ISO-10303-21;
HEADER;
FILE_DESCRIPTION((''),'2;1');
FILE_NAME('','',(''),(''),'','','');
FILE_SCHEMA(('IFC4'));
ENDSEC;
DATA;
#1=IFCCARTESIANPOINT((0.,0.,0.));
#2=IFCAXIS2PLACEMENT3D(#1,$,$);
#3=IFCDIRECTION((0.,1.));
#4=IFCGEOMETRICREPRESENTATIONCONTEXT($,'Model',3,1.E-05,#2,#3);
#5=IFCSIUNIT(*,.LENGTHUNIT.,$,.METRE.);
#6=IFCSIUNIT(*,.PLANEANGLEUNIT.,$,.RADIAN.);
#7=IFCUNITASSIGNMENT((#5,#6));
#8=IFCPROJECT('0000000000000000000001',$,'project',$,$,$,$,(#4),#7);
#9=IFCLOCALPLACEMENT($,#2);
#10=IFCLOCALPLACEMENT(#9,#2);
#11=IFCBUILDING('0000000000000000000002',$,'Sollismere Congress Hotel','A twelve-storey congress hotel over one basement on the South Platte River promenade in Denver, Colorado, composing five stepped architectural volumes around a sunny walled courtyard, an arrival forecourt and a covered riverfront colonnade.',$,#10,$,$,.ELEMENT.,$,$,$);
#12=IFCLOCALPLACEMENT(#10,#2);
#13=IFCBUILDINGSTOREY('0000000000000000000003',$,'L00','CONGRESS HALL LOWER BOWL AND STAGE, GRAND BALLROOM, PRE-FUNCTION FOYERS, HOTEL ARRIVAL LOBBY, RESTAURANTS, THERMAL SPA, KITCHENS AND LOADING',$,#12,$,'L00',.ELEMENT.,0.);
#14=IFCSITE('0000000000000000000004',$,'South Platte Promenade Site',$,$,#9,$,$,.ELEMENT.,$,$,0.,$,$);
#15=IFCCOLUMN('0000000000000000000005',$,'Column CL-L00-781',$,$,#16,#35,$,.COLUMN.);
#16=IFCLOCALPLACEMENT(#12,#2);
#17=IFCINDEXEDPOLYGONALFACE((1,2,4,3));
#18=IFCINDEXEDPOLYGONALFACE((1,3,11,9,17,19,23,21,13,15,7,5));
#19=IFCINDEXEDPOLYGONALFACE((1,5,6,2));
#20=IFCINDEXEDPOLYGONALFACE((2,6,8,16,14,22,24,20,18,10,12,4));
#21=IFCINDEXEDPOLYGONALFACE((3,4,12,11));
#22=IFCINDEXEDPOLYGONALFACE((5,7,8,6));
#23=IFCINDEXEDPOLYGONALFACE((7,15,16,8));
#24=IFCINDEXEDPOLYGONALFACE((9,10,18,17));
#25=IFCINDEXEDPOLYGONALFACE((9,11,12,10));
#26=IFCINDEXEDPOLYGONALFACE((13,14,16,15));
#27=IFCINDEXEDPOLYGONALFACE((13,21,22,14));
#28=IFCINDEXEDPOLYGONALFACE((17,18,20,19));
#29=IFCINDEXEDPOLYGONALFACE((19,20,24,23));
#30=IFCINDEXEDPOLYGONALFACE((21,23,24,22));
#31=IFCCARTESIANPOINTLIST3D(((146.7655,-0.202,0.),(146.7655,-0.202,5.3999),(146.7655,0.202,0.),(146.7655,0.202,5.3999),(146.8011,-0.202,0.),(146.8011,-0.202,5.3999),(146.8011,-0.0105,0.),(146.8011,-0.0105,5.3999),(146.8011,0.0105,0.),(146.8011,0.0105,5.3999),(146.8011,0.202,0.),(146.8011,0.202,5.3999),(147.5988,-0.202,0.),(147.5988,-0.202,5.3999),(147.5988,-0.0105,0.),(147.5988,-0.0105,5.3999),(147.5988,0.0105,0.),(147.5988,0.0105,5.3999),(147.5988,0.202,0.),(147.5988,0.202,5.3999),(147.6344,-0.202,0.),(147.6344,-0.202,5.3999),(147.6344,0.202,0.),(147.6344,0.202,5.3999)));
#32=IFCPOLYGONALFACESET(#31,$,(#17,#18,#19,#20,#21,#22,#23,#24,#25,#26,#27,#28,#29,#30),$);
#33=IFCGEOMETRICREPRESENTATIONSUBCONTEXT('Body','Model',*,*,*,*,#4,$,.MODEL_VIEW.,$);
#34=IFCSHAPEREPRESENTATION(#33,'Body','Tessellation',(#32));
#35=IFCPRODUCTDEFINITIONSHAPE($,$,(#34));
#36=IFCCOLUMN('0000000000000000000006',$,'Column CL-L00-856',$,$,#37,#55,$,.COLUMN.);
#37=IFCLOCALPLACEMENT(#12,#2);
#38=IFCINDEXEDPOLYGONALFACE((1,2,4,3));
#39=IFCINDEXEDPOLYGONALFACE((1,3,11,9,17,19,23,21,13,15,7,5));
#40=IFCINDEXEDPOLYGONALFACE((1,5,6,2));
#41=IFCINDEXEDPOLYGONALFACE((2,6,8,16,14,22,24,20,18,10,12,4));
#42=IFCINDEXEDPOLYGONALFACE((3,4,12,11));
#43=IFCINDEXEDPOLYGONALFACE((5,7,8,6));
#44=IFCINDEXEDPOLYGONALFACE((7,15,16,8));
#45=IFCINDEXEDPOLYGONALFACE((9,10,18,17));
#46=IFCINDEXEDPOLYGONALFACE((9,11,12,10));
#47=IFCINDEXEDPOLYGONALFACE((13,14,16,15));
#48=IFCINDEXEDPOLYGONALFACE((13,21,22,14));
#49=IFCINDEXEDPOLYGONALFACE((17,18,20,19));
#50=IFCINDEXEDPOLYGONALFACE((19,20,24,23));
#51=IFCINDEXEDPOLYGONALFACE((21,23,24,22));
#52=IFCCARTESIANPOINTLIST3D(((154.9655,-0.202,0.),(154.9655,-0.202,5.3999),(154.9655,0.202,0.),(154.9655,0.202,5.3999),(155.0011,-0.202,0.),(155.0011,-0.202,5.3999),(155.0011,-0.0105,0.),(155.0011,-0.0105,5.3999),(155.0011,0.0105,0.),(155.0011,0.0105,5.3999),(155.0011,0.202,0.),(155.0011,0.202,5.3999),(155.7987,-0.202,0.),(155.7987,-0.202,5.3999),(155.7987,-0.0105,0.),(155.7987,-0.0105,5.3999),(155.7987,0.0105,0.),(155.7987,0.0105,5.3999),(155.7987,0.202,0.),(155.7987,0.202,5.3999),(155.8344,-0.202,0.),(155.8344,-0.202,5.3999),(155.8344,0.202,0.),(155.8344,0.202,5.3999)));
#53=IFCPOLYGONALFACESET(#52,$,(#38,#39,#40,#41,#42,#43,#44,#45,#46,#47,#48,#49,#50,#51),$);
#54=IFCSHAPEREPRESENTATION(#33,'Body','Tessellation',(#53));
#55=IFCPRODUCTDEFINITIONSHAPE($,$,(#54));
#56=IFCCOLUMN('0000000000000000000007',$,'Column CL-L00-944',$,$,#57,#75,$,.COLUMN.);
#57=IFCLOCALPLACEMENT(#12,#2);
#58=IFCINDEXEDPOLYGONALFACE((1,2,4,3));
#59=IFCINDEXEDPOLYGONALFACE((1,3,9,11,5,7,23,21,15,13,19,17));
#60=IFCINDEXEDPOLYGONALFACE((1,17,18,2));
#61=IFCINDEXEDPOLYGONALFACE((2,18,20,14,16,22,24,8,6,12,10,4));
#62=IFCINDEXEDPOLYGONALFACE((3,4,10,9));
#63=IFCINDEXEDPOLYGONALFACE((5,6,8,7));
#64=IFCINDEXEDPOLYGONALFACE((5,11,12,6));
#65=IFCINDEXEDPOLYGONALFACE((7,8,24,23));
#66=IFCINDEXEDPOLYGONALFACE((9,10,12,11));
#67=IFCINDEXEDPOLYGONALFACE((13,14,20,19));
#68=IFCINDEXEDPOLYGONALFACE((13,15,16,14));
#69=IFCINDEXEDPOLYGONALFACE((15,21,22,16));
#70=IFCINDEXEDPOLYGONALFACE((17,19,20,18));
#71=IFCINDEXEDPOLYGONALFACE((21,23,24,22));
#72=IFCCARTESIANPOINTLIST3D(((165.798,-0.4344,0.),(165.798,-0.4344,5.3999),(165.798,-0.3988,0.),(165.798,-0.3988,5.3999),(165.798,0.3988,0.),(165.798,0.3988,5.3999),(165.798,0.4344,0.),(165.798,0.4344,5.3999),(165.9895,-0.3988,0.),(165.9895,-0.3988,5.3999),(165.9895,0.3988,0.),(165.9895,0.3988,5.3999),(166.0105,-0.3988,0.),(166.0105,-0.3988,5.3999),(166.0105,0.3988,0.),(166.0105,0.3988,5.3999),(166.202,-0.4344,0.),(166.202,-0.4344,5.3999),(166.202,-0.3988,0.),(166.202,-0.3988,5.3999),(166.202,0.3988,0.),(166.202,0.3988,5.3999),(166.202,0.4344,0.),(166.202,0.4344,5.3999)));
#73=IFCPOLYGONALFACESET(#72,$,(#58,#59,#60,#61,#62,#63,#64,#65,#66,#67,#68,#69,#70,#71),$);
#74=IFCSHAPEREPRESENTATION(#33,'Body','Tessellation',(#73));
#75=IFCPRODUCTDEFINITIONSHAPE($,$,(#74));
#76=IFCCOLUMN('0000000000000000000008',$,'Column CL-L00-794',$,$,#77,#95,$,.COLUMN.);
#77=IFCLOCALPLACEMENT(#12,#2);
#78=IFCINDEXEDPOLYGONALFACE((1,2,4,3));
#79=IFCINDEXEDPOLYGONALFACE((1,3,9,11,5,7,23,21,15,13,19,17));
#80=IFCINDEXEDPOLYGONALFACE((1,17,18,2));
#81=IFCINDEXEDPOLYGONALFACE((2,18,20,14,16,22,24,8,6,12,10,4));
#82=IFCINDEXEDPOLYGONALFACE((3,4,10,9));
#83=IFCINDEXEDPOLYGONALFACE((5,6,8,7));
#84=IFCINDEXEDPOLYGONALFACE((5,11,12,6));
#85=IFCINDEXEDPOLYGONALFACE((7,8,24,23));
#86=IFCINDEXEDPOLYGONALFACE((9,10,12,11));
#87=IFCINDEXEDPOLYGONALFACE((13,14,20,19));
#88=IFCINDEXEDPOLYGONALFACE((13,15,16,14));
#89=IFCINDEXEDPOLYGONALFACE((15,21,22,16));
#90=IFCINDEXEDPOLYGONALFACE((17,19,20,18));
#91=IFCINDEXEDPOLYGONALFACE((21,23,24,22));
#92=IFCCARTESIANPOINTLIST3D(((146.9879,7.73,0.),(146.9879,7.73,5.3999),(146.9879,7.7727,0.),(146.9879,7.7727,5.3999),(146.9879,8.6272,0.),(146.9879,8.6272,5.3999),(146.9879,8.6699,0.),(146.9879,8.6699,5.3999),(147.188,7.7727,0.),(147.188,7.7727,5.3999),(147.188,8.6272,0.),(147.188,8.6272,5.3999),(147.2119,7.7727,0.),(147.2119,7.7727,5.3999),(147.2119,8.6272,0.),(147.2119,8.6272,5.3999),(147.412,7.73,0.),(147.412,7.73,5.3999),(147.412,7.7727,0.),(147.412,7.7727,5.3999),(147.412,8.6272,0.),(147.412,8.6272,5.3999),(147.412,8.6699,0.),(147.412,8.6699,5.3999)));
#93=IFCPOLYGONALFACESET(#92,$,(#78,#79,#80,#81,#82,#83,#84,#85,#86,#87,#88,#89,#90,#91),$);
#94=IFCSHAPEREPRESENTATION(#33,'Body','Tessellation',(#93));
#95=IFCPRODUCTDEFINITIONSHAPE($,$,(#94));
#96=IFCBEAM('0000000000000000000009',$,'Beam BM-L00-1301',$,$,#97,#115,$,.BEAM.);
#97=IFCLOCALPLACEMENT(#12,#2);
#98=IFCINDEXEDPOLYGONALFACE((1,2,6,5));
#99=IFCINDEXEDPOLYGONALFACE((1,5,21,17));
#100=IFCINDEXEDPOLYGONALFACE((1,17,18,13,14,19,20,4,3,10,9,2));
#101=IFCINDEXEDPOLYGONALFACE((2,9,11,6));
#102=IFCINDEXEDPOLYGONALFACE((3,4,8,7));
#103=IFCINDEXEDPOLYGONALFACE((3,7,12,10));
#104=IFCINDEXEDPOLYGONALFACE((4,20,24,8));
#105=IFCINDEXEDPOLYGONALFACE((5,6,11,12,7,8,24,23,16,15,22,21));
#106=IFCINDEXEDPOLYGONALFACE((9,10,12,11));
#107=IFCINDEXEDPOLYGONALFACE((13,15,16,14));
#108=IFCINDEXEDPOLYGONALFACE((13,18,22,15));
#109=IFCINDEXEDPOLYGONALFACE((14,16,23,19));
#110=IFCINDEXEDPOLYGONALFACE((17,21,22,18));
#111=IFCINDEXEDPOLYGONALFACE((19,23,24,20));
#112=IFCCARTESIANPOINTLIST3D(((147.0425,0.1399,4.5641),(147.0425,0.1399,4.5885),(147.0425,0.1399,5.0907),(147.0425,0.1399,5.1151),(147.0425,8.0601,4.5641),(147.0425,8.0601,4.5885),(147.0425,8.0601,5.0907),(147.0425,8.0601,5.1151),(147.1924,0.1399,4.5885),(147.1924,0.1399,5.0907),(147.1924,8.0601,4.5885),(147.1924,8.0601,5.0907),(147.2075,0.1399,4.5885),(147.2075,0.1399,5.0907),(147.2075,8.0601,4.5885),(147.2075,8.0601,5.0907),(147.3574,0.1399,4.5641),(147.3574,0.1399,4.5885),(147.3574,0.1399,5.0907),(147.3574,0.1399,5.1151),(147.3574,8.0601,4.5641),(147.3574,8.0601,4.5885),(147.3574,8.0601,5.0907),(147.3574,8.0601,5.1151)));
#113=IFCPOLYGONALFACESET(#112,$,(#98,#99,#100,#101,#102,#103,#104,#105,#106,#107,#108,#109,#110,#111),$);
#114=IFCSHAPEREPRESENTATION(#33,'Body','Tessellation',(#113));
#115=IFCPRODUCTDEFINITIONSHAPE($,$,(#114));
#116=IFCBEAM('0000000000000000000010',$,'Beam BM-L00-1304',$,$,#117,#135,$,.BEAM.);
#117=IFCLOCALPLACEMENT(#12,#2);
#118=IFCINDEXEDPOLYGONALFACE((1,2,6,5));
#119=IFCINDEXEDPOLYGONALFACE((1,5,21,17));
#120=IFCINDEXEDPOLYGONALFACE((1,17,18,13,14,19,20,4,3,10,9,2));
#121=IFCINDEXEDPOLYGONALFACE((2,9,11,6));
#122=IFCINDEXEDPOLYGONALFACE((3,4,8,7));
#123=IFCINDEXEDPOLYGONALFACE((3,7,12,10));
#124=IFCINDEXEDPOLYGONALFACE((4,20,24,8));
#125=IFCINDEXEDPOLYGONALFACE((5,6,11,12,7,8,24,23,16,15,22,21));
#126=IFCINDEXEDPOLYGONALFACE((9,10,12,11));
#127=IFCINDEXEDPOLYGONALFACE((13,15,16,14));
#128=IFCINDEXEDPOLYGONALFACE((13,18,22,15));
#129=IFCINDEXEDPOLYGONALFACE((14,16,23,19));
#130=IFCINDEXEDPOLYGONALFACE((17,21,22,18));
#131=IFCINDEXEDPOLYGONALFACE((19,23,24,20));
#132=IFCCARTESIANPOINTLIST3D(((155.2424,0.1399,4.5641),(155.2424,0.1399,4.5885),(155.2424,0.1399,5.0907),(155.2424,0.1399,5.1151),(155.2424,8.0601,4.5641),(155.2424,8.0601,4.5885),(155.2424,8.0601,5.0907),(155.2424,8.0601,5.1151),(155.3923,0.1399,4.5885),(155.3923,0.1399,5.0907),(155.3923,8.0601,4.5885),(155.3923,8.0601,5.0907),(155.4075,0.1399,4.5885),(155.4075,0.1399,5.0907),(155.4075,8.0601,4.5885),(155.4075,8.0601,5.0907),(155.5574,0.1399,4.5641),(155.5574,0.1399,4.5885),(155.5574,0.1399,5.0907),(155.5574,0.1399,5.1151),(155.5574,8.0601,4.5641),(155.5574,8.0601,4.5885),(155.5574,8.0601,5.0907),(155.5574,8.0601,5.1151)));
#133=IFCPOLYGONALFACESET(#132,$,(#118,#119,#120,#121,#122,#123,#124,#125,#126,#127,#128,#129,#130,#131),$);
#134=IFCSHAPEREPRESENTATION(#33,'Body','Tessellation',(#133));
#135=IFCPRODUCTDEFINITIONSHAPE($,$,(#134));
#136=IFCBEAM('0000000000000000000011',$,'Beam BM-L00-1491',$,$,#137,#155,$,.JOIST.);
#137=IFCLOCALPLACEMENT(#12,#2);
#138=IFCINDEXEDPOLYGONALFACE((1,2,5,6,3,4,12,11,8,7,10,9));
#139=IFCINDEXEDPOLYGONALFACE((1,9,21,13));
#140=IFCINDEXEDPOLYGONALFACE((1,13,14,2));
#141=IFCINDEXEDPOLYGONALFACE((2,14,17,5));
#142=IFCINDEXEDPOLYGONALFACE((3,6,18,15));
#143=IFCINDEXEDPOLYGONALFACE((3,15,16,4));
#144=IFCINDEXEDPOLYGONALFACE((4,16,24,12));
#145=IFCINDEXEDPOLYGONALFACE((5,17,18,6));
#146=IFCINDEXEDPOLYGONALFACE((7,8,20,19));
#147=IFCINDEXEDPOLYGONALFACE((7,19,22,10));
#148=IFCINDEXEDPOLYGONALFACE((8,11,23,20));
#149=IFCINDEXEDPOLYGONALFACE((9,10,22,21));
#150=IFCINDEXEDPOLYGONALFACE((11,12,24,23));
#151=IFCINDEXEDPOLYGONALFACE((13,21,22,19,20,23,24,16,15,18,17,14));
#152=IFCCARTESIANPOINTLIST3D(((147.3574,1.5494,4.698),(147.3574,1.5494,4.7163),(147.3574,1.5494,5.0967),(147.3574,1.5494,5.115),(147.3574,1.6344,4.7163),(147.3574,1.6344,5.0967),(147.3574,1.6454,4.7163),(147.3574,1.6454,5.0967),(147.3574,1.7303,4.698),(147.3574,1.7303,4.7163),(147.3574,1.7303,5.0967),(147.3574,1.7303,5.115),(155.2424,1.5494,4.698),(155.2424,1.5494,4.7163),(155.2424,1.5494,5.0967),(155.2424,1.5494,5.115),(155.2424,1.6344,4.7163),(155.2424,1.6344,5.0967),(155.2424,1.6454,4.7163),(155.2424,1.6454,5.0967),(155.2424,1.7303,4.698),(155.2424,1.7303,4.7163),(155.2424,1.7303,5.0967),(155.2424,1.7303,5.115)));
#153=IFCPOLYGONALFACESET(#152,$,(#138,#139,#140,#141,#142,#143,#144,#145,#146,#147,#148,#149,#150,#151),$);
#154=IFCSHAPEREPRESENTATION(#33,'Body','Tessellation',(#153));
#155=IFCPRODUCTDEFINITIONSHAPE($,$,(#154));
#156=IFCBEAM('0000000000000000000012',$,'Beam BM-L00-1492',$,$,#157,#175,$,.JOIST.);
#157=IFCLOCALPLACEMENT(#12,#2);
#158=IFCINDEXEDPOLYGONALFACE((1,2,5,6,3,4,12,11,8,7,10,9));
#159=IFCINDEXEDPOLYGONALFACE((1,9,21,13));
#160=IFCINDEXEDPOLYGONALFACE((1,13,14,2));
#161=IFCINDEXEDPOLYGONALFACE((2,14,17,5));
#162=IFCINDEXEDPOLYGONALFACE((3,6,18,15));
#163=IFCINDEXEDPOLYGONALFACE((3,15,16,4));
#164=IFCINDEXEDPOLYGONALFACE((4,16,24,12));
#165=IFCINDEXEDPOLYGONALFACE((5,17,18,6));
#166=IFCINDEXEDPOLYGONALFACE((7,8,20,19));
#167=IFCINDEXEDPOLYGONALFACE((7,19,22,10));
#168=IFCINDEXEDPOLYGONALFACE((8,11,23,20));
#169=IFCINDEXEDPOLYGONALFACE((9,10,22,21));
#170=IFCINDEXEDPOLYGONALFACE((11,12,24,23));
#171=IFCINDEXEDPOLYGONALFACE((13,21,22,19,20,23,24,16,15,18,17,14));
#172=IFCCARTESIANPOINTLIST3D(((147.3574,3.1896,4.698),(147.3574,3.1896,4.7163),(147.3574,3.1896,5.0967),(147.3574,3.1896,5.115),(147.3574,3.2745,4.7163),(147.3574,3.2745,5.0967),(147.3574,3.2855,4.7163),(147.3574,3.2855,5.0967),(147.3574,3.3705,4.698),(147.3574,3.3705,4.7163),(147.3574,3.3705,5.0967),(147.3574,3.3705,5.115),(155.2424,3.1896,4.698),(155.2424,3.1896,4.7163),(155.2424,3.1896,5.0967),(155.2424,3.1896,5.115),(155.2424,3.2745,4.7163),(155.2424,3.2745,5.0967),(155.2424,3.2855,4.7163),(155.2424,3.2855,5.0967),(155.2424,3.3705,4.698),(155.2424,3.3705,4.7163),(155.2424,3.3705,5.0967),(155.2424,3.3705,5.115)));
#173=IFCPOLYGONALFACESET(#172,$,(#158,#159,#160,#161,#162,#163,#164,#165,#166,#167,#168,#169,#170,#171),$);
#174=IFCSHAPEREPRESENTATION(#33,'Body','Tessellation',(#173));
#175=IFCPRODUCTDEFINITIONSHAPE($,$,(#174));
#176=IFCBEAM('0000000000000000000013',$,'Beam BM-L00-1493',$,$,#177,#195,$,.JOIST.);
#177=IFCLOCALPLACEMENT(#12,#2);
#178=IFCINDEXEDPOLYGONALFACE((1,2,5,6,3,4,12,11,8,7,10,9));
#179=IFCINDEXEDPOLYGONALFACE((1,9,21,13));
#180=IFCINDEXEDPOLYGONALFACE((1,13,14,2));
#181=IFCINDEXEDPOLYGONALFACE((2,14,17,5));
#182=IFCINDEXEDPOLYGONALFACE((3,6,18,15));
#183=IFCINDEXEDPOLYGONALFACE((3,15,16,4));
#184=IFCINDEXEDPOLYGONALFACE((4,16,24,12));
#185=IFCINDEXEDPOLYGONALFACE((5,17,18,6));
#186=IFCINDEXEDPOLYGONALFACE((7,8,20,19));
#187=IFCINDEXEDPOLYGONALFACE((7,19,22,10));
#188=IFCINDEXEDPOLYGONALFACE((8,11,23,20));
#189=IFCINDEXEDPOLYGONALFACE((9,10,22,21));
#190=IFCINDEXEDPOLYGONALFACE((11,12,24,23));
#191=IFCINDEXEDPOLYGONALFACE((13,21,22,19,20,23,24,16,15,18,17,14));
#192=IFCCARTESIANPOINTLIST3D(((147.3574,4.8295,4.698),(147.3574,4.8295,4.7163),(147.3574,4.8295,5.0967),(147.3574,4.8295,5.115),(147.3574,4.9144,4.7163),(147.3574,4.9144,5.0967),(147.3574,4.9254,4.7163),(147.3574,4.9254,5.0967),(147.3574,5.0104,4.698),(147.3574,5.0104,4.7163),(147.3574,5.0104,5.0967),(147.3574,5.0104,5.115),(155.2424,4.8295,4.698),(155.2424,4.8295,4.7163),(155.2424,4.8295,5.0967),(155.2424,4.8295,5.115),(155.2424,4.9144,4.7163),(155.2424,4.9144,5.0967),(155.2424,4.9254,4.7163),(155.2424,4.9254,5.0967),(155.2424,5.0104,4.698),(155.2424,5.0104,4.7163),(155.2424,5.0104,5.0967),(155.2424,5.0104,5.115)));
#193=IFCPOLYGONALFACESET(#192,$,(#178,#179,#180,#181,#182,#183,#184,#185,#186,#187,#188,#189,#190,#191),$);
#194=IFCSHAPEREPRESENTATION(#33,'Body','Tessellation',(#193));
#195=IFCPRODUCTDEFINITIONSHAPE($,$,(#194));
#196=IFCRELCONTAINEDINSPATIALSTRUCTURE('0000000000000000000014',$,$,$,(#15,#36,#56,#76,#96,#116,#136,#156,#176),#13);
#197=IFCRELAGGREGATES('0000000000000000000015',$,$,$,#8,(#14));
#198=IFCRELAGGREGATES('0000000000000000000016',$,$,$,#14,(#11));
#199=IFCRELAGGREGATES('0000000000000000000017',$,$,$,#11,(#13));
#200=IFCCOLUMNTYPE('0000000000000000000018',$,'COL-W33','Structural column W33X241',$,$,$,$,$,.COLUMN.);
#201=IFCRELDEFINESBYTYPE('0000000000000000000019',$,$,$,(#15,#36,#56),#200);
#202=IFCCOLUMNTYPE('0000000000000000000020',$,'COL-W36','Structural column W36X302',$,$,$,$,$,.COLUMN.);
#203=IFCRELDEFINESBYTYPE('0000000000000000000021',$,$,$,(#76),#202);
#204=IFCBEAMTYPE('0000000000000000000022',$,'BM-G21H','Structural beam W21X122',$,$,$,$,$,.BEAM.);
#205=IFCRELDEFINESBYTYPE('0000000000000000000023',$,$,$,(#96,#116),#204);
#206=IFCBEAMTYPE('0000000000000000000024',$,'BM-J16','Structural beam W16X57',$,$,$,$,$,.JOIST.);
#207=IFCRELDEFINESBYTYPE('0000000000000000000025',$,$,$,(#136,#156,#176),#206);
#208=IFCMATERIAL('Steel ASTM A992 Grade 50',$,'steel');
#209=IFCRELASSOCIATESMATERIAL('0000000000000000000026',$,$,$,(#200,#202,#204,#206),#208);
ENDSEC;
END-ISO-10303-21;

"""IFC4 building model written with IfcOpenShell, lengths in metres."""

from ifc_helpers import new_model, si_unit, direction, frame, origin, origin_2d, place, context, subcontext, project, spatial, i_section, extrude, material, material_profile, profile_set, type_object, element, save


model = new_model("IFC4")

# Units and contexts
model_context = context("Model", 3, precision=1e-05, world=origin(), true_north=direction((0.0, 1.0)))
body_context = subcontext(model_context, "Body", "Model", "MODEL_VIEW")
ifc_project = project(units=[si_unit("LENGTHUNIT", "METRE"), si_unit("PLANEANGLEUNIT", "RADIAN")], contexts=[model_context])

# Site, building, storey
site_placement = place(None, origin())
site = spatial("IfcSite", under=ifc_project, at=site_placement, Name="South Platte Promenade Site", CompositionType="ELEMENT", RefElevation=0.0)
building_placement = place(site_placement, origin())
building = spatial("IfcBuilding", under=site, at=building_placement, Name="Sollismere Congress Hotel", Description="A twelve-storey congress hotel over one basement on the South Platte River promenade in Denver, Colorado, composing five stepped architectural volumes around a sunny walled courtyard, an arrival forecourt and a covered riverfront colonnade.", CompositionType="ELEMENT")
storey_placement = place(building_placement, origin())
storey = spatial("IfcBuildingStorey", under=building, at=storey_placement, Name="L00", Description="CONGRESS HALL LOWER BOWL AND STAGE, GRAND BALLROOM, PRE-FUNCTION FOYERS, HOTEL ARRIVAL LOBBY, RESTAURANTS, THERMAL SPA, KITCHENS AND LOADING", LongName="L00", CompositionType="ELEMENT", Elevation=0.0)

# Columns
ifc_material_1 = material(Name="Steel ASTM A992 Grade 50", Category="steel")
ifc_material_profile_1 = material_profile(ifc_material_1, i_section(OverallWidth=0.4041, OverallDepth=0.8689, WebThickness=0.021, FlangeThickness=0.0356, at=origin_2d()), Name="W33X241")
ifc_profile_set_1 = profile_set([ifc_material_profile_1], Name="Steel ASTM A992 Grade 50")
column_type_1 = type_object("IfcColumnType", Name="COL-W33", Description="Structural column W33X241", PredefinedType="COLUMN", material=ifc_profile_set_1)
for number, where, z_axis, x_axis, name in (
    (1, (147.2, 0.0, 0.0), (0.0, 0.0, 1.0), (0.0, 1.0, 0.0), "Column CL-L00-781"),
    (2, (155.3999, 0.0, 0.0), (0.0, 0.0, 1.0), (0.0, 1.0, 0.0), "Column CL-L00-856"),
    (3, (166.0, 0.0, 0.0), (0.0, 0.0, 1.0), (1.0, 0.0, 0.0), "Column CL-L00-944"),
):
    element("IfcColumn", number, at=place(storey_placement, frame(where, z_axis=z_axis, x_axis=x_axis)), inside=storey, type_object=column_type_1, Name=name, PredefinedType="COLUMN", context=body_context, shape_type="SweptSolid", body=[
        extrude(i_section(OverallWidth=0.4041, OverallDepth=0.8689, WebThickness=0.021, FlangeThickness=0.0356, at=origin_2d()), origin(), (0.0, 0.0, 1.0), 5.3999),
    ])
ifc_material_profile_2 = material_profile(ifc_material_1, i_section(OverallWidth=0.4241, OverallDepth=0.9399, WebThickness=0.0239, FlangeThickness=0.0427, at=origin_2d()), Name="W36X302")
ifc_profile_set_2 = profile_set([ifc_material_profile_2], Name="Steel ASTM A992 Grade 50")
column_type_2 = type_object("IfcColumnType", Name="COL-W36", Description="Structural column W36X302", PredefinedType="COLUMN", material=ifc_profile_set_2)
column_placement = place(storey_placement, frame((147.2, 8.2, 0.0), z_axis=(0.0, 0.0, 1.0), x_axis=(1.0, 0.0, 0.0)))
element("IfcColumn", 4, at=column_placement, inside=storey, type_object=column_type_2, Name="Column CL-L00-794", PredefinedType="COLUMN", context=body_context, shape_type="SweptSolid", body=[
    extrude(i_section(OverallWidth=0.4241, OverallDepth=0.9399, WebThickness=0.0239, FlangeThickness=0.0427, at=origin_2d()), origin(), (0.0, 0.0, 1.0), 5.3999),
])

# Beams
ifc_material_profile_3 = material_profile(ifc_material_1, i_section(OverallWidth=0.3149, OverallDepth=0.551, WebThickness=0.0151, FlangeThickness=0.0244, at=origin_2d()), Name="W21X122")
ifc_profile_set_3 = profile_set([ifc_material_profile_3], Name="Steel ASTM A992 Grade 50")
beam_type_1 = type_object("IfcBeamType", Name="BM-G21H", Description="Structural beam W21X122", PredefinedType="BEAM", material=ifc_profile_set_3)
for number, where, z_axis, x_axis, name in (
    (5, (147.2, 0.1399, 4.8396), (0.0, 1.0, 0.0), (-1.0, 0.0, 0.0), "Beam BM-L00-1301"),
    (6, (155.3999, 0.1399, 4.8396), (0.0, 1.0, 0.0), (-1.0, 0.0, 0.0), "Beam BM-L00-1304"),
):
    element("IfcBeam", number, at=place(storey_placement, frame(where, z_axis=z_axis, x_axis=x_axis)), inside=storey, type_object=beam_type_1, Name=name, PredefinedType="BEAM", context=body_context, shape_type="SweptSolid", body=[
        extrude(i_section(OverallWidth=0.3149, OverallDepth=0.551, WebThickness=0.0151, FlangeThickness=0.0244, at=origin_2d()), origin(), (0.0, 0.0, 1.0), 7.9202),
    ])
ifc_material_profile_4 = material_profile(ifc_material_1, i_section(OverallWidth=0.1809, OverallDepth=0.417, WebThickness=0.011, FlangeThickness=0.0183, at=origin_2d()), Name="W16X57")
ifc_profile_set_4 = profile_set([ifc_material_profile_4], Name="Steel ASTM A992 Grade 50")
beam_type_2 = type_object("IfcBeamType", Name="BM-J16", Description="Structural beam W16X57", PredefinedType="JOIST", material=ifc_profile_set_4)
for number, where, z_axis, x_axis, name in (
    (7, (147.3574, 1.6399, 4.9065), (1.0, 0.0, 0.0), (0.0, 1.0, 0.0), "Beam BM-L00-1491"),
    (8, (147.3574, 3.28, 4.9065), (1.0, 0.0, 0.0), (0.0, 1.0, 0.0), "Beam BM-L00-1492"),
    (9, (147.3574, 4.9199, 4.9065), (1.0, 0.0, 0.0), (0.0, 1.0, 0.0), "Beam BM-L00-1493"),
):
    element("IfcBeam", number, at=place(storey_placement, frame(where, z_axis=z_axis, x_axis=x_axis)), inside=storey, type_object=beam_type_2, Name=name, PredefinedType="JOIST", context=body_context, shape_type="SweptSolid", body=[
        extrude(i_section(OverallWidth=0.1809, OverallDepth=0.417, WebThickness=0.011, FlangeThickness=0.0183, at=origin_2d()), origin(), (0.0, 0.0, 1.0), 7.885),
    ])

save(model, "model.ifc")
